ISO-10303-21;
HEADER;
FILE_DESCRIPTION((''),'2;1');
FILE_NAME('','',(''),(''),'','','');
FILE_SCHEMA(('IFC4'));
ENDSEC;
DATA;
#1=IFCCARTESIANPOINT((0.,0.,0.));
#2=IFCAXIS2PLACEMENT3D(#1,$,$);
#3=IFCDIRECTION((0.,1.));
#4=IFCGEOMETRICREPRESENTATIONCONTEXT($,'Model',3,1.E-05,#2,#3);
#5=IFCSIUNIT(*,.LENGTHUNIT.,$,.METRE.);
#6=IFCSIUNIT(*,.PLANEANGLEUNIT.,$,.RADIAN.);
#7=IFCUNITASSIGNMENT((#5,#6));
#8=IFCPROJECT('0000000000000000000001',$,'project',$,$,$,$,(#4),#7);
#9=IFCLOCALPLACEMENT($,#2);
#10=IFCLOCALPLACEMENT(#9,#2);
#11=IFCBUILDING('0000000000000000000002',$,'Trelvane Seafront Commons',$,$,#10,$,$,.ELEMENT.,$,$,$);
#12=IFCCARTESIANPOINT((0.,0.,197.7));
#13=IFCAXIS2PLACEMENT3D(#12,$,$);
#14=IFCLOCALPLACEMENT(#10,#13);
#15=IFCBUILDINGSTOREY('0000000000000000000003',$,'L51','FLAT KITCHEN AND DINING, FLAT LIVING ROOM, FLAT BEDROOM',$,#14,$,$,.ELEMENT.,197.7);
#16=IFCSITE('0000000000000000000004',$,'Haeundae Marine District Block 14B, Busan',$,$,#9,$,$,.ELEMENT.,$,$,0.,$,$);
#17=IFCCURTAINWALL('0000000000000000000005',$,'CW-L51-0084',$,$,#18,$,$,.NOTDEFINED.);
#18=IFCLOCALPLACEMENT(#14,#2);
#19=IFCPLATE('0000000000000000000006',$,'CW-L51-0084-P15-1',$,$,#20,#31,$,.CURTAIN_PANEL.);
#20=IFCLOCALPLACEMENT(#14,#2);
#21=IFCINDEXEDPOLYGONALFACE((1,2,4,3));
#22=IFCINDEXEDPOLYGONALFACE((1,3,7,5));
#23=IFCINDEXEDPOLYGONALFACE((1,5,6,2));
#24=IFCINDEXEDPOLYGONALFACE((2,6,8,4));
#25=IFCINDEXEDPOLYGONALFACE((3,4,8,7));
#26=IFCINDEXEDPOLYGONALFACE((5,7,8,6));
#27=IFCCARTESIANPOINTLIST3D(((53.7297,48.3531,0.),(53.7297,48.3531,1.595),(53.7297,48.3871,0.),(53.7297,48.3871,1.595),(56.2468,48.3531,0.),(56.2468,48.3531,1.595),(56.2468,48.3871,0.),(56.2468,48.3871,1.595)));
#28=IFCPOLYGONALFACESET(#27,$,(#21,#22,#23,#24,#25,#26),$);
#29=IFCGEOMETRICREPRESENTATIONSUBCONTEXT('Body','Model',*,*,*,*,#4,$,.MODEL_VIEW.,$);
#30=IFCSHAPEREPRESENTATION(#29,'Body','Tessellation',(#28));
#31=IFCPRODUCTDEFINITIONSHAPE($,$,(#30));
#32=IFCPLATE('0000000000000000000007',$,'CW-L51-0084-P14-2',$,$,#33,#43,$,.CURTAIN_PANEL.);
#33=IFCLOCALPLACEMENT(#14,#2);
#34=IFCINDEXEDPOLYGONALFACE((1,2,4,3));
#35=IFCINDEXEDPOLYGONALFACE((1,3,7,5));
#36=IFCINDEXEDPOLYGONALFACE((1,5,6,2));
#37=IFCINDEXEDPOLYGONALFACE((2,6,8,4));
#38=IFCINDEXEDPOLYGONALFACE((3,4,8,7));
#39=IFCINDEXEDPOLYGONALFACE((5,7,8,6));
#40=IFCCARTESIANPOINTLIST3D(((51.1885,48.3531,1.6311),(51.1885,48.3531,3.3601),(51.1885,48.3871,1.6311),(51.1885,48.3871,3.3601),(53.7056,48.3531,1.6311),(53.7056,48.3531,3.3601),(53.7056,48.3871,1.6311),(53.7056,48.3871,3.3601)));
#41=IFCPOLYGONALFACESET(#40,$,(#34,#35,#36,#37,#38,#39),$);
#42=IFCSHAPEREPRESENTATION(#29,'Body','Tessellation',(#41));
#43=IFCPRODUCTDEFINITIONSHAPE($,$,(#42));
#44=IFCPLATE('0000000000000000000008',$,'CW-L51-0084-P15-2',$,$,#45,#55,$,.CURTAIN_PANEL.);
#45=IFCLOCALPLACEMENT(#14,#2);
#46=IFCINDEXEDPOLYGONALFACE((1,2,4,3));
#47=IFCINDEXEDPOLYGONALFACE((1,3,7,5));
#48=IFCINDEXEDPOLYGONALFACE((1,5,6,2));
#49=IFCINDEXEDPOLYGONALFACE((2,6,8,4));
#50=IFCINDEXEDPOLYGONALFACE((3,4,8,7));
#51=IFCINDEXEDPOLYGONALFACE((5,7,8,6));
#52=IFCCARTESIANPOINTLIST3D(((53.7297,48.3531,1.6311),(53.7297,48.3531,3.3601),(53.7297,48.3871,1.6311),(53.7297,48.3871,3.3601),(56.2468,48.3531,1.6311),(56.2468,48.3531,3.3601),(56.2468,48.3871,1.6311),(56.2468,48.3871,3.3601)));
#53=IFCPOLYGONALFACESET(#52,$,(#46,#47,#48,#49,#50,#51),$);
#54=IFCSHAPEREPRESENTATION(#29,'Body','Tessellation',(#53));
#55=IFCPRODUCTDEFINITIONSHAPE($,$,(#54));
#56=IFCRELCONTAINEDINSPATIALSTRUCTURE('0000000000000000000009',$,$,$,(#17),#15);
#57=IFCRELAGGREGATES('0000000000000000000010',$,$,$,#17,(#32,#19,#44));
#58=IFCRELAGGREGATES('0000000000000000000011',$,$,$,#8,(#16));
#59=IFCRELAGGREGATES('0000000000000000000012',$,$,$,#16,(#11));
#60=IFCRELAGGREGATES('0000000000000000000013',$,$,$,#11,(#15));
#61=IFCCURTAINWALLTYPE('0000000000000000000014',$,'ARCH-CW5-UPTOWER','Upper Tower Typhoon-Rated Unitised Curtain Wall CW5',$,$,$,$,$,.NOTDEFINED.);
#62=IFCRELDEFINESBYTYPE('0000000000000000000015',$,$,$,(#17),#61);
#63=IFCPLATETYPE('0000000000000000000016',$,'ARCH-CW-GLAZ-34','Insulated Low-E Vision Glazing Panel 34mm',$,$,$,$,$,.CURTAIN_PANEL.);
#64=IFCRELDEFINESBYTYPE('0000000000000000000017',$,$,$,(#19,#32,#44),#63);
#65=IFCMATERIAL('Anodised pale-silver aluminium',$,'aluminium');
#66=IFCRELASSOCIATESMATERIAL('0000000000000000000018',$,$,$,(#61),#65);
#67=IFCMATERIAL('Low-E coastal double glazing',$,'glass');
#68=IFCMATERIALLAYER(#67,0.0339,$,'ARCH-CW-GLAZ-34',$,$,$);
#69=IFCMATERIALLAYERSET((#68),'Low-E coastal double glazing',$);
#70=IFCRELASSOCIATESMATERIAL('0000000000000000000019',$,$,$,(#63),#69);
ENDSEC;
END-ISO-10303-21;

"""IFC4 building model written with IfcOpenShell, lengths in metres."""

from ifc_helpers import new_model, si_unit, direction, frame, origin, origin_2d, place, context, subcontext, project, spatial, rectangle, extrude, source, transform, mapped, material, layer, layer_set, type_object, element, aggregate, save


model = new_model("IFC4")

# Units and contexts
model_context = context("Model", 3, precision=1e-05, world=origin(), true_north=direction((0.0, 1.0)))
body_context = subcontext(model_context, "Body", "Model", "MODEL_VIEW")
ifc_project = project(units=[si_unit("LENGTHUNIT", "METRE"), si_unit("PLANEANGLEUNIT", "RADIAN")], contexts=[model_context])

# Site, building, storey
site_placement = place(None, origin())
site = spatial("IfcSite", under=ifc_project, at=site_placement, Name="Haeundae Marine District Block 14B, Busan", CompositionType="ELEMENT", RefElevation=0.0)
building_placement = place(site_placement, origin())
building = spatial("IfcBuilding", under=site, at=building_placement, Name="Trelvane Seafront Commons", CompositionType="ELEMENT")
storey_placement = place(building_placement, frame((0.0, 0.0, 197.7)))
storey = spatial("IfcBuildingStorey", under=building, at=storey_placement, Name="L51", Description="FLAT KITCHEN AND DINING, FLAT LIVING ROOM, FLAT BEDROOM", CompositionType="ELEMENT", Elevation=197.7)

# Curtain wall
ifc_material_1 = material(Name="Anodised pale-silver aluminium", Category="aluminium")
curtain_wall_type = type_object("IfcCurtainWallType", Name="ARCH-CW5-UPTOWER", Description="Upper Tower Typhoon-Rated Unitised Curtain Wall CW5", PredefinedType="NOTDEFINED", material=ifc_material_1)
curtain_wall_placement = place(storey_placement, origin())
curtain_wall = element("IfcCurtainWall", 1, at=curtain_wall_placement, inside=storey, type_object=curtain_wall_type, Name="CW-L51-0084", PredefinedType="NOTDEFINED")

# Plates
ifc_material_2 = material(Name="Low-E coastal double glazing", Category="glass")
ifc_layer_1 = layer(ifc_material_2, 0.0339, Name="ARCH-CW-GLAZ-34")
ifc_layer_set_1 = layer_set([ifc_layer_1], Name="Low-E coastal double glazing")
plate_type_1 = type_object("IfcPlateType", Name="ARCH-CW-GLAZ-34", Description="Insulated Low-E Vision Glazing Panel 34mm", PredefinedType="CURTAIN_PANEL", material=ifc_layer_set_1)
shared_shape_1 = source(origin(), body_context, "Body", "SweptSolid", [
    extrude(rectangle(XDim=2.5171, YDim=0.0339, at=origin_2d()), origin(), (0.0, 0.0, 1.0), 1.595),
])
plate_1_placement = place(storey_placement, frame((54.9883, 48.3701, 0.0), z_axis=(0.0, 0.0, 1.0), x_axis=(1.0, 0.0, 0.0)))
plate_1 = element("IfcPlate", 2, at=plate_1_placement, type_object=plate_type_1, Name="CW-L51-0084-P15-1", PredefinedType="CURTAIN_PANEL", context=body_context, shape_type="MappedRepresentation", body=[
    mapped(shared_shape_1, transform((0.0, 0.0, 0.0), x_axis=(1.0, 0.0, 0.0), y_axis=(0.0, 1.0, 0.0), z_axis=(0.0, 0.0, 1.0), scale=1.0)),
])
shared_shape_2 = source(origin(), body_context, "Body", "SweptSolid", [
    extrude(rectangle(XDim=2.5171, YDim=0.0339, at=origin_2d()), origin(), (0.0, 0.0, 1.0), 1.729),
])
plate_2_placement = place(storey_placement, frame((52.447, 48.3701, 1.6311), z_axis=(0.0, 0.0, 1.0), x_axis=(1.0, 0.0, 0.0)))
plate_2 = element("IfcPlate", 3, at=plate_2_placement, type_object=plate_type_1, Name="CW-L51-0084-P14-2", PredefinedType="CURTAIN_PANEL", context=body_context, shape_type="MappedRepresentation", body=[
    mapped(shared_shape_2, transform((0.0, 0.0, 0.0), x_axis=(1.0, 0.0, 0.0), y_axis=(0.0, 1.0, 0.0), z_axis=(0.0, 0.0, 1.0), scale=1.0)),
])
plate_3_placement = place(storey_placement, frame((54.9883, 48.3701, 1.6311), z_axis=(0.0, 0.0, 1.0), x_axis=(1.0, 0.0, 0.0)))
plate_3 = element("IfcPlate", 4, at=plate_3_placement, type_object=plate_type_1, Name="CW-L51-0084-P15-2", PredefinedType="CURTAIN_PANEL", context=body_context, shape_type="MappedRepresentation", body=[
    mapped(shared_shape_2, transform((0.0, 0.0, 0.0), x_axis=(1.0, 0.0, 0.0), y_axis=(0.0, 1.0, 0.0), z_axis=(0.0, 0.0, 1.0), scale=1.0)),
])
aggregate(curtain_wall, [plate_2, plate_1, plate_3])

save(model, "model.ifc")
